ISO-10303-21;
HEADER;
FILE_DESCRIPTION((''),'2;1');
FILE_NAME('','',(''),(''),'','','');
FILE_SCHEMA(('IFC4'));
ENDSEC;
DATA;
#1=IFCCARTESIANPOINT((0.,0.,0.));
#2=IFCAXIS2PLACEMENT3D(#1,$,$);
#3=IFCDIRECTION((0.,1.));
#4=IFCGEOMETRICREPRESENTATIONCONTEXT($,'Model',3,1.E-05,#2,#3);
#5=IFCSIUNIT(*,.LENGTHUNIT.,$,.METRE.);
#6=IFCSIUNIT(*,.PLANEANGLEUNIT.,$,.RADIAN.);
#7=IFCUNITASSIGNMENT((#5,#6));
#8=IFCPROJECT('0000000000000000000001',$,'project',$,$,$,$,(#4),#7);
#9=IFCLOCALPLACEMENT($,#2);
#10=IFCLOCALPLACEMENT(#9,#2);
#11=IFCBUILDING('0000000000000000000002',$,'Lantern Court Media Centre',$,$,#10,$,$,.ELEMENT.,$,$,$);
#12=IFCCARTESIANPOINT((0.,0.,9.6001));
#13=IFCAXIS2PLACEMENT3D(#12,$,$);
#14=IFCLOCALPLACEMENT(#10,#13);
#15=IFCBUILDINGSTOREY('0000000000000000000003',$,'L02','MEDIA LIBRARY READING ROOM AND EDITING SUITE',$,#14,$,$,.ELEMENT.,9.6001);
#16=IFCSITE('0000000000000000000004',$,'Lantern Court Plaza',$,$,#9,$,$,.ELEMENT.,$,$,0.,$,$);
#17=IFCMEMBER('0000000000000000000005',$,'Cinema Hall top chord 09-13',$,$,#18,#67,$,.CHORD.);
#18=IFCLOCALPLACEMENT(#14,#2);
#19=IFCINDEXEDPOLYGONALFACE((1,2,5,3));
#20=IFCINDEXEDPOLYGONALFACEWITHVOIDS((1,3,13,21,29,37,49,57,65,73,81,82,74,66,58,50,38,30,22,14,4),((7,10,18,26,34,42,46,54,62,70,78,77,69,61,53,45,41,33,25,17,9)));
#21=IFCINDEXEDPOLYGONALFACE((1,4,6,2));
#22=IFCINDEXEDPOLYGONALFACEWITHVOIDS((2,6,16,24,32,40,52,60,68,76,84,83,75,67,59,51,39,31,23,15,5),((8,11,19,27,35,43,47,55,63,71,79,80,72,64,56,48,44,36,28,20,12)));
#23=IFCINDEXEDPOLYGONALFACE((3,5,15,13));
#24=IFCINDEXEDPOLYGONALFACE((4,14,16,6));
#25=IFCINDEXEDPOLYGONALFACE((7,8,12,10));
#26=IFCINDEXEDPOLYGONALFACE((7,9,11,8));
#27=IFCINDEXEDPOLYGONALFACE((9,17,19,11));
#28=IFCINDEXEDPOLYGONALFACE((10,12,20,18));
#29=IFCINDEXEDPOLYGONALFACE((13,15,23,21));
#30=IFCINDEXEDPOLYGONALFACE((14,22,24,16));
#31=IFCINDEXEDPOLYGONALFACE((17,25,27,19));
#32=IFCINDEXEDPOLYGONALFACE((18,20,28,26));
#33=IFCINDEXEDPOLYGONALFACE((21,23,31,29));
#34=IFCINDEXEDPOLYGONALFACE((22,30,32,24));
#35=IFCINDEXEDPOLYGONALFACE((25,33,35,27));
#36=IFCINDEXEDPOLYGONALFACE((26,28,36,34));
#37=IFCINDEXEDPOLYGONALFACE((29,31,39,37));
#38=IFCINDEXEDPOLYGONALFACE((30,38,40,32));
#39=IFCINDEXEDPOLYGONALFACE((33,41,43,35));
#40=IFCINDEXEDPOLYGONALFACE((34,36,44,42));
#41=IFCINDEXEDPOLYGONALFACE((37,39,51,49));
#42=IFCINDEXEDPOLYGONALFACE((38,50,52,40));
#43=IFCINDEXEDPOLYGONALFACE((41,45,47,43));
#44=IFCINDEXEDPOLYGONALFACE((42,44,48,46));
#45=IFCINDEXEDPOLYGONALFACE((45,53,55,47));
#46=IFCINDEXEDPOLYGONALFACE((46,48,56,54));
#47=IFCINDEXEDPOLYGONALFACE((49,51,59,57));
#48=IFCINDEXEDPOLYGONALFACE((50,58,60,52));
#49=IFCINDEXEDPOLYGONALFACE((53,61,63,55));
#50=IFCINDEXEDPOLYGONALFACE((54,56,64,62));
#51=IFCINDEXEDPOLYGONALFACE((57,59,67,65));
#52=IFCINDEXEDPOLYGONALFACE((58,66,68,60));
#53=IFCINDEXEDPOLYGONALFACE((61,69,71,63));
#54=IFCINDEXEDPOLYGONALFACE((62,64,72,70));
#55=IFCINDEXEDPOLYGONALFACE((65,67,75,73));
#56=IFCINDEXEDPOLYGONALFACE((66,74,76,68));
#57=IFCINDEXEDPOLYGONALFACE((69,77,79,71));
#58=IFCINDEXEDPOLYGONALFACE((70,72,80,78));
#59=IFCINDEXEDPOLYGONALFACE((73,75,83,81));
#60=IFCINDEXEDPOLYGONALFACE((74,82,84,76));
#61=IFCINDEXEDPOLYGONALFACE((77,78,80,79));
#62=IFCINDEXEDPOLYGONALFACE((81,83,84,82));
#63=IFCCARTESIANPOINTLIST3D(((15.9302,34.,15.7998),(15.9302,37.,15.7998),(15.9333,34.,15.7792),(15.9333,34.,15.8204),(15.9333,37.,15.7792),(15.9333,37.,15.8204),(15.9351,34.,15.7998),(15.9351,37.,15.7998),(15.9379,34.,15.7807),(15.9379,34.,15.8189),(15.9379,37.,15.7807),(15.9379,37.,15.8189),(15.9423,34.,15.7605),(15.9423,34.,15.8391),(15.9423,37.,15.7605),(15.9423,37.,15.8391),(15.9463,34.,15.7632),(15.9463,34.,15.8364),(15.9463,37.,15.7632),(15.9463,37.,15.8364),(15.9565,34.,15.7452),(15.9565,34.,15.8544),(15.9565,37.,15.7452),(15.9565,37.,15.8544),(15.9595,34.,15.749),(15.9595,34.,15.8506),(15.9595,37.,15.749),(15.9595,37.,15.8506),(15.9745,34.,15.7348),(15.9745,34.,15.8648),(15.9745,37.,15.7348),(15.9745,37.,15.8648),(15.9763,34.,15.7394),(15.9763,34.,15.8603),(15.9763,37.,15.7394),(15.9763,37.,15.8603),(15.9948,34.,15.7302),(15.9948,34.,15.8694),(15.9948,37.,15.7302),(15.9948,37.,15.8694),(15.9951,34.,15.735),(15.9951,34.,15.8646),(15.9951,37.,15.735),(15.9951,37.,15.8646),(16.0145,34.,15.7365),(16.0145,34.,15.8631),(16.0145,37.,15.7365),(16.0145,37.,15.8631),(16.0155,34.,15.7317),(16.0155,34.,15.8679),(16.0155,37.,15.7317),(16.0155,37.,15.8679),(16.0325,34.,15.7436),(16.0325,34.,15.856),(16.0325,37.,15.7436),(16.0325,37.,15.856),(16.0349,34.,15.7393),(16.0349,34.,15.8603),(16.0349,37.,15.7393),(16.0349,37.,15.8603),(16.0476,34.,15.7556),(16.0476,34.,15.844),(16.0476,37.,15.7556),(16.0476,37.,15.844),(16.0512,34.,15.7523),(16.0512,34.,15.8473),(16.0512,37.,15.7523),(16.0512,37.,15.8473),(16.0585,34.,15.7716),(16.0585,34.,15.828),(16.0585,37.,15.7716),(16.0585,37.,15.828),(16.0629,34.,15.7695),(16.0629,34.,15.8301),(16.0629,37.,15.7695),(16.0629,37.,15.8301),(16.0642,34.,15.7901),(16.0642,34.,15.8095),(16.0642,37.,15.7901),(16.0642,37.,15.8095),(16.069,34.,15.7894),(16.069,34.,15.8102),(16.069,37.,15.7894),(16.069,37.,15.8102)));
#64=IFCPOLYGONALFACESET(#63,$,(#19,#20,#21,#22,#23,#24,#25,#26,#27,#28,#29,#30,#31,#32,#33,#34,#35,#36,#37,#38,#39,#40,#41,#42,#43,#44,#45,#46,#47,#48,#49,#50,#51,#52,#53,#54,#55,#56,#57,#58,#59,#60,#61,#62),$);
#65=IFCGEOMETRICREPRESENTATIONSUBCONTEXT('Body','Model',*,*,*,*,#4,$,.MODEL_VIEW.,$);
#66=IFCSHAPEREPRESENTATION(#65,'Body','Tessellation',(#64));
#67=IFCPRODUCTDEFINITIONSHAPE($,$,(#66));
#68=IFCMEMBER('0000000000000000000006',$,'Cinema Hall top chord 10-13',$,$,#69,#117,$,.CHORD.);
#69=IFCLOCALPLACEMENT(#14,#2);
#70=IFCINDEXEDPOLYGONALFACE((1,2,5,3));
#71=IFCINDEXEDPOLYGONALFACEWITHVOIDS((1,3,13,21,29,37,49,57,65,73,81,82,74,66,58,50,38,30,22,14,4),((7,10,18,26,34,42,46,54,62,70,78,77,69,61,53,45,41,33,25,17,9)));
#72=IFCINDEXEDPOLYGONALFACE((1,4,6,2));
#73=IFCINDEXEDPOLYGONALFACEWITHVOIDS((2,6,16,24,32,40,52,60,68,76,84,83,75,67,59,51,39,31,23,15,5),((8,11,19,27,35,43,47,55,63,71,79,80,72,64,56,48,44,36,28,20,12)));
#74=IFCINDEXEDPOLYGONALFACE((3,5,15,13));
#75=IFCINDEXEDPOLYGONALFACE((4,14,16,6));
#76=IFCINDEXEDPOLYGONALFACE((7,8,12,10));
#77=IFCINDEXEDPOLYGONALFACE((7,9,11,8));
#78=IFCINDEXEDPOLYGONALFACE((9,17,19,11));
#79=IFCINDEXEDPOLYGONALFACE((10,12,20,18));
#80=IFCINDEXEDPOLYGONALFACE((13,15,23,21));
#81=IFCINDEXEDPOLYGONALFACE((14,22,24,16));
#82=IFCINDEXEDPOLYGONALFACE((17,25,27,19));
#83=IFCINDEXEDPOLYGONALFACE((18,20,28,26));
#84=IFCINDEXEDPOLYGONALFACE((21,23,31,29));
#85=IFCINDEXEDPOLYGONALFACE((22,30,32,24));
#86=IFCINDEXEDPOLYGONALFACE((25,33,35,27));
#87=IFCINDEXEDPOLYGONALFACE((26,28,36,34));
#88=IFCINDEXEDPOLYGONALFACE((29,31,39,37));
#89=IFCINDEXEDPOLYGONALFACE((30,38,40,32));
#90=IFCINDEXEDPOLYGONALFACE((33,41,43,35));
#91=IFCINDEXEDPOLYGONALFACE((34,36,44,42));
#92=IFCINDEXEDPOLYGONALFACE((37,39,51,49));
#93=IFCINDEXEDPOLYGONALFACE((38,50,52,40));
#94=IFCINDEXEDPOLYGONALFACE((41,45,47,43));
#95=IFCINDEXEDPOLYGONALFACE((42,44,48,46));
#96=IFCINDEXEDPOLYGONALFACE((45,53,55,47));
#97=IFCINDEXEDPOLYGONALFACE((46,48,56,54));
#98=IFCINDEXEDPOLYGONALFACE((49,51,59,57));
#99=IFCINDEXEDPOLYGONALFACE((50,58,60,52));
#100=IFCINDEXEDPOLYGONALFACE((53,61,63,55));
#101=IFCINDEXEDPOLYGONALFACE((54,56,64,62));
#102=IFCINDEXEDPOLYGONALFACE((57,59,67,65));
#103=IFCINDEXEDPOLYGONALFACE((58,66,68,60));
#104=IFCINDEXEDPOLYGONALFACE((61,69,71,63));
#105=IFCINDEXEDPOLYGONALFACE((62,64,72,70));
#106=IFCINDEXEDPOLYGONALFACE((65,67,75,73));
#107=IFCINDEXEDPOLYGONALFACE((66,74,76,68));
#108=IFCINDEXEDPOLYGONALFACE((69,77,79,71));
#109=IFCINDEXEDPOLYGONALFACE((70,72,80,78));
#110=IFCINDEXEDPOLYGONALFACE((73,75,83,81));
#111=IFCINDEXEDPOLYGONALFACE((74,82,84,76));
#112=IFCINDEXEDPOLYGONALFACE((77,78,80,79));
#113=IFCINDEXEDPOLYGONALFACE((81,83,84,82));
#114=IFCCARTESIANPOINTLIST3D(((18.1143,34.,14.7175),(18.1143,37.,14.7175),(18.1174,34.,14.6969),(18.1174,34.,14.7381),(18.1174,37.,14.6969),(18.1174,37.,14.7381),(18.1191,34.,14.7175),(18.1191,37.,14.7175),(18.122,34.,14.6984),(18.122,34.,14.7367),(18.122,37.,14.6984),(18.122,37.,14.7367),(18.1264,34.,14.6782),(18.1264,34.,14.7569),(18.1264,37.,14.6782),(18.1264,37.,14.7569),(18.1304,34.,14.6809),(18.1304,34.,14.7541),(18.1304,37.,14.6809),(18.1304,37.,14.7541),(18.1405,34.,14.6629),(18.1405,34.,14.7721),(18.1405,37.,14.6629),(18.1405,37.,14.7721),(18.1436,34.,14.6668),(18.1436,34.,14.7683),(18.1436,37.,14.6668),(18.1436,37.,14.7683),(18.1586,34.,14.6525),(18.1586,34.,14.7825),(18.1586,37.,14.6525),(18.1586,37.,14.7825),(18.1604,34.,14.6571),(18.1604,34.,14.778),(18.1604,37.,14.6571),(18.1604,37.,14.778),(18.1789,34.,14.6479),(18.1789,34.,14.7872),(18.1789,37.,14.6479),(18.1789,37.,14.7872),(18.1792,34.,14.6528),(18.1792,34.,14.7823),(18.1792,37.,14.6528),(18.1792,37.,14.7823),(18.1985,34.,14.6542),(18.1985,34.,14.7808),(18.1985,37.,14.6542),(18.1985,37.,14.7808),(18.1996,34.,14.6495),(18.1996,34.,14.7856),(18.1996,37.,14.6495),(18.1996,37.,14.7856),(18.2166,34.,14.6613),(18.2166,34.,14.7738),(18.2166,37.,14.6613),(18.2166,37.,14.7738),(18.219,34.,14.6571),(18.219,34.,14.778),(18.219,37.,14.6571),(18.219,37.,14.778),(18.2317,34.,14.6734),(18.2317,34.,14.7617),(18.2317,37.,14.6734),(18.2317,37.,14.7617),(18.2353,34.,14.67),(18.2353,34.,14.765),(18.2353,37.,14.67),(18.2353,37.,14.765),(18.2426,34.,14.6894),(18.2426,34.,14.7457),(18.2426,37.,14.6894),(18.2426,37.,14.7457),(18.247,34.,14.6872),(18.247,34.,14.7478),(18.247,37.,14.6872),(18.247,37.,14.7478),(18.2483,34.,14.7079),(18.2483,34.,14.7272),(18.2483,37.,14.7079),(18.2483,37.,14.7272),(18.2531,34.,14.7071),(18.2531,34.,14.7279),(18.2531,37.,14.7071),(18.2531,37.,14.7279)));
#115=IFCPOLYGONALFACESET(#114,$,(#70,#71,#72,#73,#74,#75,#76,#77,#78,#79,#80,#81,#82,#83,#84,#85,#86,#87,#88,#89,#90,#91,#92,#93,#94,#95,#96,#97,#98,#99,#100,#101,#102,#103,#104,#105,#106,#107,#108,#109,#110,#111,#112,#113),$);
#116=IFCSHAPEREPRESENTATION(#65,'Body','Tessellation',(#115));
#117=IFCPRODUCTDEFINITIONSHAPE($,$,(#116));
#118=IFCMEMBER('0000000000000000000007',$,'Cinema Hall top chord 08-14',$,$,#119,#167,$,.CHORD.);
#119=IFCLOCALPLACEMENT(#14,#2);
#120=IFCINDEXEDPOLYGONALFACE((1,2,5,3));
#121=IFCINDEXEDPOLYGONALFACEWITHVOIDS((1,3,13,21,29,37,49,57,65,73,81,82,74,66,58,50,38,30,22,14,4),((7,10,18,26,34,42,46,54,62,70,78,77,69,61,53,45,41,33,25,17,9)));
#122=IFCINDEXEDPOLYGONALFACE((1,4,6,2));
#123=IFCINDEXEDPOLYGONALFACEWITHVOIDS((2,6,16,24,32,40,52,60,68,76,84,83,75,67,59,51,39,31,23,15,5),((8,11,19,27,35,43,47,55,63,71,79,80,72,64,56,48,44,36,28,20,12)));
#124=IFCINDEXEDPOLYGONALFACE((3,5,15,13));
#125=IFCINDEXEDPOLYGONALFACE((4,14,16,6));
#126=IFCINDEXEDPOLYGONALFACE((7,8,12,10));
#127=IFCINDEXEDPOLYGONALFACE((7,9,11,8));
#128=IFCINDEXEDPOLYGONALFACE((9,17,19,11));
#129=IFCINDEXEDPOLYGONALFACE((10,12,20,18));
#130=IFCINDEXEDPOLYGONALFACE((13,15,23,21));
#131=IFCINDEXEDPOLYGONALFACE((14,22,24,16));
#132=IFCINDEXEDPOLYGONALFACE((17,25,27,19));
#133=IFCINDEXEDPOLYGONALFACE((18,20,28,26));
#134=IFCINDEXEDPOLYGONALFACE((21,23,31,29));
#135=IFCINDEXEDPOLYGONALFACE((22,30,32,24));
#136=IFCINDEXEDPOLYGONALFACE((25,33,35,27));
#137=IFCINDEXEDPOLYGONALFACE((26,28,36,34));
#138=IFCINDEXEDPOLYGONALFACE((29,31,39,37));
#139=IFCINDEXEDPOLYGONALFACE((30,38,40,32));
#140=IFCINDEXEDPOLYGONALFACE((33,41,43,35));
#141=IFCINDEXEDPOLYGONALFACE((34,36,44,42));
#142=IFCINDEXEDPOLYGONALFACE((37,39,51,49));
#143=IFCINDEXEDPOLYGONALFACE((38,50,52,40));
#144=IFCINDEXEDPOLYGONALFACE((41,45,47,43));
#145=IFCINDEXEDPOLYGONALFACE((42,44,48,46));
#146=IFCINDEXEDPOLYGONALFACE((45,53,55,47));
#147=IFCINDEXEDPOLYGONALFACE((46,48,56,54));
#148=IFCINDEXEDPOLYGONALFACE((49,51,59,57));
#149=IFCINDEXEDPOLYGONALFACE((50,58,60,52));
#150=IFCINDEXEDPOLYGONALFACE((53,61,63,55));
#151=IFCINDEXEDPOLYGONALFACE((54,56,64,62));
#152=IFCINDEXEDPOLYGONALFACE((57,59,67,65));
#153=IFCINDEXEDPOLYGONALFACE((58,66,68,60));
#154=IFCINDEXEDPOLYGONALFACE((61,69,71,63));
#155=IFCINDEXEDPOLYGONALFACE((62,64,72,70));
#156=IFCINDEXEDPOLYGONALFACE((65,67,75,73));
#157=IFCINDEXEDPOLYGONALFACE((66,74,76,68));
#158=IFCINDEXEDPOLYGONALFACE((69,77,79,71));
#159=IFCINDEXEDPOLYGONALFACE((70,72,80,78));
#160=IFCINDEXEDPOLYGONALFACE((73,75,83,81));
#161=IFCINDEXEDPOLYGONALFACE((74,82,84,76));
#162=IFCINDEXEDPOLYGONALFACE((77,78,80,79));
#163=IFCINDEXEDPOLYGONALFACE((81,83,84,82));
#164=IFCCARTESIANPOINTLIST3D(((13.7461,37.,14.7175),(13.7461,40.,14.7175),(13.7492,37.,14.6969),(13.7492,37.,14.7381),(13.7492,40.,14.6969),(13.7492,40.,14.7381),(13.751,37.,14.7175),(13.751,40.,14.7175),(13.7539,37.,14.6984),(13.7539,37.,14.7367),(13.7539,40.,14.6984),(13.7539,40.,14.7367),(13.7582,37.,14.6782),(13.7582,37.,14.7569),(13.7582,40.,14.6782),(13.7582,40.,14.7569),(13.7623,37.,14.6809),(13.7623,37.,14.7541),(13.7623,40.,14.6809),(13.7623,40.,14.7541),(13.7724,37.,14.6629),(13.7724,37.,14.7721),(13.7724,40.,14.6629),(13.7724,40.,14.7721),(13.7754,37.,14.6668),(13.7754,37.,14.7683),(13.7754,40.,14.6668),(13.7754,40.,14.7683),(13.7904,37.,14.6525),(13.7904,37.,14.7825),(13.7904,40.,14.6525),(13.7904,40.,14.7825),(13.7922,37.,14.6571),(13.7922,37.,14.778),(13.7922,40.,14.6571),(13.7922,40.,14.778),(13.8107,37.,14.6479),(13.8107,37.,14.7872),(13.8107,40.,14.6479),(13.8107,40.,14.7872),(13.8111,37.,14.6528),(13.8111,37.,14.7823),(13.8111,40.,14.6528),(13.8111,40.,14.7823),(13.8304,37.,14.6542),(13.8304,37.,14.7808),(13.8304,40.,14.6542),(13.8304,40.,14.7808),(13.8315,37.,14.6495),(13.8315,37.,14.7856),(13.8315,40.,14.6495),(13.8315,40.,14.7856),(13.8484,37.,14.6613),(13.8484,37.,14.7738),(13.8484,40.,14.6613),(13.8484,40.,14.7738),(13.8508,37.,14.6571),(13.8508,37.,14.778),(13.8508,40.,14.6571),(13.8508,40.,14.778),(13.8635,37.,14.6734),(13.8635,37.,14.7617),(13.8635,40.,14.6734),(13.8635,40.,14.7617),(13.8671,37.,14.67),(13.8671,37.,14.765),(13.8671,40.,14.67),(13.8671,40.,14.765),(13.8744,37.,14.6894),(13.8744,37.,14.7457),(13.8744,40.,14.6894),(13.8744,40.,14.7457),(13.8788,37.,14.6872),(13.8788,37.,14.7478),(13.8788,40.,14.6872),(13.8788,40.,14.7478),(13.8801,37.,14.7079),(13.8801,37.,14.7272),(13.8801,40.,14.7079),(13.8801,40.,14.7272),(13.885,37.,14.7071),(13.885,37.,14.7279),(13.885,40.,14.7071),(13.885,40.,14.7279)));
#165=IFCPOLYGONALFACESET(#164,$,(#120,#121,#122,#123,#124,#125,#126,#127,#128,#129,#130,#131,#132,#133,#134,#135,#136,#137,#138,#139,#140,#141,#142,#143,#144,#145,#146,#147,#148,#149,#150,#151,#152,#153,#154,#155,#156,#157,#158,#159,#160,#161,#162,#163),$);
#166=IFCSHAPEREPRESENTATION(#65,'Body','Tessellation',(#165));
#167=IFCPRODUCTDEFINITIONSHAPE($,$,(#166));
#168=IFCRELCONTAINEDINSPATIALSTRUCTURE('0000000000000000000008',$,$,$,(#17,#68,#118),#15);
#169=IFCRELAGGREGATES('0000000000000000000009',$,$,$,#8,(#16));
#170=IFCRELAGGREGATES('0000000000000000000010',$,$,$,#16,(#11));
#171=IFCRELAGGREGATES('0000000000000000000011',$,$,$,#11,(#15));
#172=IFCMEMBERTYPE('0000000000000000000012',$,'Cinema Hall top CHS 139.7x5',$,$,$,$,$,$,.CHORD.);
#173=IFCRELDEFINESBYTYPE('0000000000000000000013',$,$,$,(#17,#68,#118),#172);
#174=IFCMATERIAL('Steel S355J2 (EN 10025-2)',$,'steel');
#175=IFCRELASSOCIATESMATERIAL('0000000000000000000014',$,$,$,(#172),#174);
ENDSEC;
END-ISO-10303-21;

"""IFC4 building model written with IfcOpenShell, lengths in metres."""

from ifc_helpers import new_model, si_unit, direction, frame, origin, origin_2d, place, context, subcontext, project, spatial, hollow_circle, extrude, material, material_profile, profile_set, type_object, element, save


model = new_model("IFC4")

# Units and contexts
model_context = context("Model", 3, precision=1e-05, world=origin(), true_north=direction((0.0, 1.0)))
body_context = subcontext(model_context, "Body", "Model", "MODEL_VIEW")
ifc_project = project(units=[si_unit("LENGTHUNIT", "METRE"), si_unit("PLANEANGLEUNIT", "RADIAN")], contexts=[model_context])

# Site, building, storey
site_placement = place(None, origin())
site = spatial("IfcSite", under=ifc_project, at=site_placement, Name="Lantern Court Plaza", CompositionType="ELEMENT", RefElevation=0.0)
building_placement = place(site_placement, origin())
building = spatial("IfcBuilding", under=site, at=building_placement, Name="Lantern Court Media Centre", CompositionType="ELEMENT")
storey_placement = place(building_placement, frame((0.0, 0.0, 9.6001)))
storey = spatial("IfcBuildingStorey", under=building, at=storey_placement, Name="L02", Description="MEDIA LIBRARY READING ROOM AND EDITING SUITE", CompositionType="ELEMENT", Elevation=9.6001)

# Members
ifc_material = material(Name="Steel S355J2 (EN 10025-2)", Category="steel")
ifc_material_profile_1 = material_profile(ifc_material, hollow_circle(Radius=0.0698, WallThickness=0.0049, at=origin_2d()), Name="Cinema Hall top CHS 139.7x5")
ifc_profile_set_1 = profile_set([ifc_material_profile_1], Name="Steel S355J2 (EN 10025-2)")
member_type_1 = type_object("IfcMemberType", Name="Cinema Hall top CHS 139.7x5", PredefinedType="CHORD", material=ifc_profile_set_1)
for number, where, z_axis, x_axis, name in (
    (1, (16.0, 34.0, 15.7998), (0.0, 1.0, 0.0), (-1.0, 0.0, 0.0), "Cinema Hall top chord 09-13"),
    (2, (18.1841, 34.0, 14.7175), (0.0, 1.0, 0.0), (-1.0, 0.0, 0.0), "Cinema Hall top chord 10-13"),
    (3, (13.8159, 37.0, 14.7175), (0.0, 1.0, 0.0), (-1.0, 0.0, 0.0), "Cinema Hall top chord 08-14"),
):
    element("IfcMember", number, at=place(storey_placement, frame(where, z_axis=z_axis, x_axis=x_axis)), inside=storey, type_object=member_type_1, Name=name, PredefinedType="CHORD", context=body_context, shape_type="SweptSolid", body=[
        extrude(hollow_circle(Radius=0.0698, WallThickness=0.0049, at=origin_2d()), origin(), (0.0, 0.0, 1.0), 3.0),
    ])

save(model, "model.ifc")
